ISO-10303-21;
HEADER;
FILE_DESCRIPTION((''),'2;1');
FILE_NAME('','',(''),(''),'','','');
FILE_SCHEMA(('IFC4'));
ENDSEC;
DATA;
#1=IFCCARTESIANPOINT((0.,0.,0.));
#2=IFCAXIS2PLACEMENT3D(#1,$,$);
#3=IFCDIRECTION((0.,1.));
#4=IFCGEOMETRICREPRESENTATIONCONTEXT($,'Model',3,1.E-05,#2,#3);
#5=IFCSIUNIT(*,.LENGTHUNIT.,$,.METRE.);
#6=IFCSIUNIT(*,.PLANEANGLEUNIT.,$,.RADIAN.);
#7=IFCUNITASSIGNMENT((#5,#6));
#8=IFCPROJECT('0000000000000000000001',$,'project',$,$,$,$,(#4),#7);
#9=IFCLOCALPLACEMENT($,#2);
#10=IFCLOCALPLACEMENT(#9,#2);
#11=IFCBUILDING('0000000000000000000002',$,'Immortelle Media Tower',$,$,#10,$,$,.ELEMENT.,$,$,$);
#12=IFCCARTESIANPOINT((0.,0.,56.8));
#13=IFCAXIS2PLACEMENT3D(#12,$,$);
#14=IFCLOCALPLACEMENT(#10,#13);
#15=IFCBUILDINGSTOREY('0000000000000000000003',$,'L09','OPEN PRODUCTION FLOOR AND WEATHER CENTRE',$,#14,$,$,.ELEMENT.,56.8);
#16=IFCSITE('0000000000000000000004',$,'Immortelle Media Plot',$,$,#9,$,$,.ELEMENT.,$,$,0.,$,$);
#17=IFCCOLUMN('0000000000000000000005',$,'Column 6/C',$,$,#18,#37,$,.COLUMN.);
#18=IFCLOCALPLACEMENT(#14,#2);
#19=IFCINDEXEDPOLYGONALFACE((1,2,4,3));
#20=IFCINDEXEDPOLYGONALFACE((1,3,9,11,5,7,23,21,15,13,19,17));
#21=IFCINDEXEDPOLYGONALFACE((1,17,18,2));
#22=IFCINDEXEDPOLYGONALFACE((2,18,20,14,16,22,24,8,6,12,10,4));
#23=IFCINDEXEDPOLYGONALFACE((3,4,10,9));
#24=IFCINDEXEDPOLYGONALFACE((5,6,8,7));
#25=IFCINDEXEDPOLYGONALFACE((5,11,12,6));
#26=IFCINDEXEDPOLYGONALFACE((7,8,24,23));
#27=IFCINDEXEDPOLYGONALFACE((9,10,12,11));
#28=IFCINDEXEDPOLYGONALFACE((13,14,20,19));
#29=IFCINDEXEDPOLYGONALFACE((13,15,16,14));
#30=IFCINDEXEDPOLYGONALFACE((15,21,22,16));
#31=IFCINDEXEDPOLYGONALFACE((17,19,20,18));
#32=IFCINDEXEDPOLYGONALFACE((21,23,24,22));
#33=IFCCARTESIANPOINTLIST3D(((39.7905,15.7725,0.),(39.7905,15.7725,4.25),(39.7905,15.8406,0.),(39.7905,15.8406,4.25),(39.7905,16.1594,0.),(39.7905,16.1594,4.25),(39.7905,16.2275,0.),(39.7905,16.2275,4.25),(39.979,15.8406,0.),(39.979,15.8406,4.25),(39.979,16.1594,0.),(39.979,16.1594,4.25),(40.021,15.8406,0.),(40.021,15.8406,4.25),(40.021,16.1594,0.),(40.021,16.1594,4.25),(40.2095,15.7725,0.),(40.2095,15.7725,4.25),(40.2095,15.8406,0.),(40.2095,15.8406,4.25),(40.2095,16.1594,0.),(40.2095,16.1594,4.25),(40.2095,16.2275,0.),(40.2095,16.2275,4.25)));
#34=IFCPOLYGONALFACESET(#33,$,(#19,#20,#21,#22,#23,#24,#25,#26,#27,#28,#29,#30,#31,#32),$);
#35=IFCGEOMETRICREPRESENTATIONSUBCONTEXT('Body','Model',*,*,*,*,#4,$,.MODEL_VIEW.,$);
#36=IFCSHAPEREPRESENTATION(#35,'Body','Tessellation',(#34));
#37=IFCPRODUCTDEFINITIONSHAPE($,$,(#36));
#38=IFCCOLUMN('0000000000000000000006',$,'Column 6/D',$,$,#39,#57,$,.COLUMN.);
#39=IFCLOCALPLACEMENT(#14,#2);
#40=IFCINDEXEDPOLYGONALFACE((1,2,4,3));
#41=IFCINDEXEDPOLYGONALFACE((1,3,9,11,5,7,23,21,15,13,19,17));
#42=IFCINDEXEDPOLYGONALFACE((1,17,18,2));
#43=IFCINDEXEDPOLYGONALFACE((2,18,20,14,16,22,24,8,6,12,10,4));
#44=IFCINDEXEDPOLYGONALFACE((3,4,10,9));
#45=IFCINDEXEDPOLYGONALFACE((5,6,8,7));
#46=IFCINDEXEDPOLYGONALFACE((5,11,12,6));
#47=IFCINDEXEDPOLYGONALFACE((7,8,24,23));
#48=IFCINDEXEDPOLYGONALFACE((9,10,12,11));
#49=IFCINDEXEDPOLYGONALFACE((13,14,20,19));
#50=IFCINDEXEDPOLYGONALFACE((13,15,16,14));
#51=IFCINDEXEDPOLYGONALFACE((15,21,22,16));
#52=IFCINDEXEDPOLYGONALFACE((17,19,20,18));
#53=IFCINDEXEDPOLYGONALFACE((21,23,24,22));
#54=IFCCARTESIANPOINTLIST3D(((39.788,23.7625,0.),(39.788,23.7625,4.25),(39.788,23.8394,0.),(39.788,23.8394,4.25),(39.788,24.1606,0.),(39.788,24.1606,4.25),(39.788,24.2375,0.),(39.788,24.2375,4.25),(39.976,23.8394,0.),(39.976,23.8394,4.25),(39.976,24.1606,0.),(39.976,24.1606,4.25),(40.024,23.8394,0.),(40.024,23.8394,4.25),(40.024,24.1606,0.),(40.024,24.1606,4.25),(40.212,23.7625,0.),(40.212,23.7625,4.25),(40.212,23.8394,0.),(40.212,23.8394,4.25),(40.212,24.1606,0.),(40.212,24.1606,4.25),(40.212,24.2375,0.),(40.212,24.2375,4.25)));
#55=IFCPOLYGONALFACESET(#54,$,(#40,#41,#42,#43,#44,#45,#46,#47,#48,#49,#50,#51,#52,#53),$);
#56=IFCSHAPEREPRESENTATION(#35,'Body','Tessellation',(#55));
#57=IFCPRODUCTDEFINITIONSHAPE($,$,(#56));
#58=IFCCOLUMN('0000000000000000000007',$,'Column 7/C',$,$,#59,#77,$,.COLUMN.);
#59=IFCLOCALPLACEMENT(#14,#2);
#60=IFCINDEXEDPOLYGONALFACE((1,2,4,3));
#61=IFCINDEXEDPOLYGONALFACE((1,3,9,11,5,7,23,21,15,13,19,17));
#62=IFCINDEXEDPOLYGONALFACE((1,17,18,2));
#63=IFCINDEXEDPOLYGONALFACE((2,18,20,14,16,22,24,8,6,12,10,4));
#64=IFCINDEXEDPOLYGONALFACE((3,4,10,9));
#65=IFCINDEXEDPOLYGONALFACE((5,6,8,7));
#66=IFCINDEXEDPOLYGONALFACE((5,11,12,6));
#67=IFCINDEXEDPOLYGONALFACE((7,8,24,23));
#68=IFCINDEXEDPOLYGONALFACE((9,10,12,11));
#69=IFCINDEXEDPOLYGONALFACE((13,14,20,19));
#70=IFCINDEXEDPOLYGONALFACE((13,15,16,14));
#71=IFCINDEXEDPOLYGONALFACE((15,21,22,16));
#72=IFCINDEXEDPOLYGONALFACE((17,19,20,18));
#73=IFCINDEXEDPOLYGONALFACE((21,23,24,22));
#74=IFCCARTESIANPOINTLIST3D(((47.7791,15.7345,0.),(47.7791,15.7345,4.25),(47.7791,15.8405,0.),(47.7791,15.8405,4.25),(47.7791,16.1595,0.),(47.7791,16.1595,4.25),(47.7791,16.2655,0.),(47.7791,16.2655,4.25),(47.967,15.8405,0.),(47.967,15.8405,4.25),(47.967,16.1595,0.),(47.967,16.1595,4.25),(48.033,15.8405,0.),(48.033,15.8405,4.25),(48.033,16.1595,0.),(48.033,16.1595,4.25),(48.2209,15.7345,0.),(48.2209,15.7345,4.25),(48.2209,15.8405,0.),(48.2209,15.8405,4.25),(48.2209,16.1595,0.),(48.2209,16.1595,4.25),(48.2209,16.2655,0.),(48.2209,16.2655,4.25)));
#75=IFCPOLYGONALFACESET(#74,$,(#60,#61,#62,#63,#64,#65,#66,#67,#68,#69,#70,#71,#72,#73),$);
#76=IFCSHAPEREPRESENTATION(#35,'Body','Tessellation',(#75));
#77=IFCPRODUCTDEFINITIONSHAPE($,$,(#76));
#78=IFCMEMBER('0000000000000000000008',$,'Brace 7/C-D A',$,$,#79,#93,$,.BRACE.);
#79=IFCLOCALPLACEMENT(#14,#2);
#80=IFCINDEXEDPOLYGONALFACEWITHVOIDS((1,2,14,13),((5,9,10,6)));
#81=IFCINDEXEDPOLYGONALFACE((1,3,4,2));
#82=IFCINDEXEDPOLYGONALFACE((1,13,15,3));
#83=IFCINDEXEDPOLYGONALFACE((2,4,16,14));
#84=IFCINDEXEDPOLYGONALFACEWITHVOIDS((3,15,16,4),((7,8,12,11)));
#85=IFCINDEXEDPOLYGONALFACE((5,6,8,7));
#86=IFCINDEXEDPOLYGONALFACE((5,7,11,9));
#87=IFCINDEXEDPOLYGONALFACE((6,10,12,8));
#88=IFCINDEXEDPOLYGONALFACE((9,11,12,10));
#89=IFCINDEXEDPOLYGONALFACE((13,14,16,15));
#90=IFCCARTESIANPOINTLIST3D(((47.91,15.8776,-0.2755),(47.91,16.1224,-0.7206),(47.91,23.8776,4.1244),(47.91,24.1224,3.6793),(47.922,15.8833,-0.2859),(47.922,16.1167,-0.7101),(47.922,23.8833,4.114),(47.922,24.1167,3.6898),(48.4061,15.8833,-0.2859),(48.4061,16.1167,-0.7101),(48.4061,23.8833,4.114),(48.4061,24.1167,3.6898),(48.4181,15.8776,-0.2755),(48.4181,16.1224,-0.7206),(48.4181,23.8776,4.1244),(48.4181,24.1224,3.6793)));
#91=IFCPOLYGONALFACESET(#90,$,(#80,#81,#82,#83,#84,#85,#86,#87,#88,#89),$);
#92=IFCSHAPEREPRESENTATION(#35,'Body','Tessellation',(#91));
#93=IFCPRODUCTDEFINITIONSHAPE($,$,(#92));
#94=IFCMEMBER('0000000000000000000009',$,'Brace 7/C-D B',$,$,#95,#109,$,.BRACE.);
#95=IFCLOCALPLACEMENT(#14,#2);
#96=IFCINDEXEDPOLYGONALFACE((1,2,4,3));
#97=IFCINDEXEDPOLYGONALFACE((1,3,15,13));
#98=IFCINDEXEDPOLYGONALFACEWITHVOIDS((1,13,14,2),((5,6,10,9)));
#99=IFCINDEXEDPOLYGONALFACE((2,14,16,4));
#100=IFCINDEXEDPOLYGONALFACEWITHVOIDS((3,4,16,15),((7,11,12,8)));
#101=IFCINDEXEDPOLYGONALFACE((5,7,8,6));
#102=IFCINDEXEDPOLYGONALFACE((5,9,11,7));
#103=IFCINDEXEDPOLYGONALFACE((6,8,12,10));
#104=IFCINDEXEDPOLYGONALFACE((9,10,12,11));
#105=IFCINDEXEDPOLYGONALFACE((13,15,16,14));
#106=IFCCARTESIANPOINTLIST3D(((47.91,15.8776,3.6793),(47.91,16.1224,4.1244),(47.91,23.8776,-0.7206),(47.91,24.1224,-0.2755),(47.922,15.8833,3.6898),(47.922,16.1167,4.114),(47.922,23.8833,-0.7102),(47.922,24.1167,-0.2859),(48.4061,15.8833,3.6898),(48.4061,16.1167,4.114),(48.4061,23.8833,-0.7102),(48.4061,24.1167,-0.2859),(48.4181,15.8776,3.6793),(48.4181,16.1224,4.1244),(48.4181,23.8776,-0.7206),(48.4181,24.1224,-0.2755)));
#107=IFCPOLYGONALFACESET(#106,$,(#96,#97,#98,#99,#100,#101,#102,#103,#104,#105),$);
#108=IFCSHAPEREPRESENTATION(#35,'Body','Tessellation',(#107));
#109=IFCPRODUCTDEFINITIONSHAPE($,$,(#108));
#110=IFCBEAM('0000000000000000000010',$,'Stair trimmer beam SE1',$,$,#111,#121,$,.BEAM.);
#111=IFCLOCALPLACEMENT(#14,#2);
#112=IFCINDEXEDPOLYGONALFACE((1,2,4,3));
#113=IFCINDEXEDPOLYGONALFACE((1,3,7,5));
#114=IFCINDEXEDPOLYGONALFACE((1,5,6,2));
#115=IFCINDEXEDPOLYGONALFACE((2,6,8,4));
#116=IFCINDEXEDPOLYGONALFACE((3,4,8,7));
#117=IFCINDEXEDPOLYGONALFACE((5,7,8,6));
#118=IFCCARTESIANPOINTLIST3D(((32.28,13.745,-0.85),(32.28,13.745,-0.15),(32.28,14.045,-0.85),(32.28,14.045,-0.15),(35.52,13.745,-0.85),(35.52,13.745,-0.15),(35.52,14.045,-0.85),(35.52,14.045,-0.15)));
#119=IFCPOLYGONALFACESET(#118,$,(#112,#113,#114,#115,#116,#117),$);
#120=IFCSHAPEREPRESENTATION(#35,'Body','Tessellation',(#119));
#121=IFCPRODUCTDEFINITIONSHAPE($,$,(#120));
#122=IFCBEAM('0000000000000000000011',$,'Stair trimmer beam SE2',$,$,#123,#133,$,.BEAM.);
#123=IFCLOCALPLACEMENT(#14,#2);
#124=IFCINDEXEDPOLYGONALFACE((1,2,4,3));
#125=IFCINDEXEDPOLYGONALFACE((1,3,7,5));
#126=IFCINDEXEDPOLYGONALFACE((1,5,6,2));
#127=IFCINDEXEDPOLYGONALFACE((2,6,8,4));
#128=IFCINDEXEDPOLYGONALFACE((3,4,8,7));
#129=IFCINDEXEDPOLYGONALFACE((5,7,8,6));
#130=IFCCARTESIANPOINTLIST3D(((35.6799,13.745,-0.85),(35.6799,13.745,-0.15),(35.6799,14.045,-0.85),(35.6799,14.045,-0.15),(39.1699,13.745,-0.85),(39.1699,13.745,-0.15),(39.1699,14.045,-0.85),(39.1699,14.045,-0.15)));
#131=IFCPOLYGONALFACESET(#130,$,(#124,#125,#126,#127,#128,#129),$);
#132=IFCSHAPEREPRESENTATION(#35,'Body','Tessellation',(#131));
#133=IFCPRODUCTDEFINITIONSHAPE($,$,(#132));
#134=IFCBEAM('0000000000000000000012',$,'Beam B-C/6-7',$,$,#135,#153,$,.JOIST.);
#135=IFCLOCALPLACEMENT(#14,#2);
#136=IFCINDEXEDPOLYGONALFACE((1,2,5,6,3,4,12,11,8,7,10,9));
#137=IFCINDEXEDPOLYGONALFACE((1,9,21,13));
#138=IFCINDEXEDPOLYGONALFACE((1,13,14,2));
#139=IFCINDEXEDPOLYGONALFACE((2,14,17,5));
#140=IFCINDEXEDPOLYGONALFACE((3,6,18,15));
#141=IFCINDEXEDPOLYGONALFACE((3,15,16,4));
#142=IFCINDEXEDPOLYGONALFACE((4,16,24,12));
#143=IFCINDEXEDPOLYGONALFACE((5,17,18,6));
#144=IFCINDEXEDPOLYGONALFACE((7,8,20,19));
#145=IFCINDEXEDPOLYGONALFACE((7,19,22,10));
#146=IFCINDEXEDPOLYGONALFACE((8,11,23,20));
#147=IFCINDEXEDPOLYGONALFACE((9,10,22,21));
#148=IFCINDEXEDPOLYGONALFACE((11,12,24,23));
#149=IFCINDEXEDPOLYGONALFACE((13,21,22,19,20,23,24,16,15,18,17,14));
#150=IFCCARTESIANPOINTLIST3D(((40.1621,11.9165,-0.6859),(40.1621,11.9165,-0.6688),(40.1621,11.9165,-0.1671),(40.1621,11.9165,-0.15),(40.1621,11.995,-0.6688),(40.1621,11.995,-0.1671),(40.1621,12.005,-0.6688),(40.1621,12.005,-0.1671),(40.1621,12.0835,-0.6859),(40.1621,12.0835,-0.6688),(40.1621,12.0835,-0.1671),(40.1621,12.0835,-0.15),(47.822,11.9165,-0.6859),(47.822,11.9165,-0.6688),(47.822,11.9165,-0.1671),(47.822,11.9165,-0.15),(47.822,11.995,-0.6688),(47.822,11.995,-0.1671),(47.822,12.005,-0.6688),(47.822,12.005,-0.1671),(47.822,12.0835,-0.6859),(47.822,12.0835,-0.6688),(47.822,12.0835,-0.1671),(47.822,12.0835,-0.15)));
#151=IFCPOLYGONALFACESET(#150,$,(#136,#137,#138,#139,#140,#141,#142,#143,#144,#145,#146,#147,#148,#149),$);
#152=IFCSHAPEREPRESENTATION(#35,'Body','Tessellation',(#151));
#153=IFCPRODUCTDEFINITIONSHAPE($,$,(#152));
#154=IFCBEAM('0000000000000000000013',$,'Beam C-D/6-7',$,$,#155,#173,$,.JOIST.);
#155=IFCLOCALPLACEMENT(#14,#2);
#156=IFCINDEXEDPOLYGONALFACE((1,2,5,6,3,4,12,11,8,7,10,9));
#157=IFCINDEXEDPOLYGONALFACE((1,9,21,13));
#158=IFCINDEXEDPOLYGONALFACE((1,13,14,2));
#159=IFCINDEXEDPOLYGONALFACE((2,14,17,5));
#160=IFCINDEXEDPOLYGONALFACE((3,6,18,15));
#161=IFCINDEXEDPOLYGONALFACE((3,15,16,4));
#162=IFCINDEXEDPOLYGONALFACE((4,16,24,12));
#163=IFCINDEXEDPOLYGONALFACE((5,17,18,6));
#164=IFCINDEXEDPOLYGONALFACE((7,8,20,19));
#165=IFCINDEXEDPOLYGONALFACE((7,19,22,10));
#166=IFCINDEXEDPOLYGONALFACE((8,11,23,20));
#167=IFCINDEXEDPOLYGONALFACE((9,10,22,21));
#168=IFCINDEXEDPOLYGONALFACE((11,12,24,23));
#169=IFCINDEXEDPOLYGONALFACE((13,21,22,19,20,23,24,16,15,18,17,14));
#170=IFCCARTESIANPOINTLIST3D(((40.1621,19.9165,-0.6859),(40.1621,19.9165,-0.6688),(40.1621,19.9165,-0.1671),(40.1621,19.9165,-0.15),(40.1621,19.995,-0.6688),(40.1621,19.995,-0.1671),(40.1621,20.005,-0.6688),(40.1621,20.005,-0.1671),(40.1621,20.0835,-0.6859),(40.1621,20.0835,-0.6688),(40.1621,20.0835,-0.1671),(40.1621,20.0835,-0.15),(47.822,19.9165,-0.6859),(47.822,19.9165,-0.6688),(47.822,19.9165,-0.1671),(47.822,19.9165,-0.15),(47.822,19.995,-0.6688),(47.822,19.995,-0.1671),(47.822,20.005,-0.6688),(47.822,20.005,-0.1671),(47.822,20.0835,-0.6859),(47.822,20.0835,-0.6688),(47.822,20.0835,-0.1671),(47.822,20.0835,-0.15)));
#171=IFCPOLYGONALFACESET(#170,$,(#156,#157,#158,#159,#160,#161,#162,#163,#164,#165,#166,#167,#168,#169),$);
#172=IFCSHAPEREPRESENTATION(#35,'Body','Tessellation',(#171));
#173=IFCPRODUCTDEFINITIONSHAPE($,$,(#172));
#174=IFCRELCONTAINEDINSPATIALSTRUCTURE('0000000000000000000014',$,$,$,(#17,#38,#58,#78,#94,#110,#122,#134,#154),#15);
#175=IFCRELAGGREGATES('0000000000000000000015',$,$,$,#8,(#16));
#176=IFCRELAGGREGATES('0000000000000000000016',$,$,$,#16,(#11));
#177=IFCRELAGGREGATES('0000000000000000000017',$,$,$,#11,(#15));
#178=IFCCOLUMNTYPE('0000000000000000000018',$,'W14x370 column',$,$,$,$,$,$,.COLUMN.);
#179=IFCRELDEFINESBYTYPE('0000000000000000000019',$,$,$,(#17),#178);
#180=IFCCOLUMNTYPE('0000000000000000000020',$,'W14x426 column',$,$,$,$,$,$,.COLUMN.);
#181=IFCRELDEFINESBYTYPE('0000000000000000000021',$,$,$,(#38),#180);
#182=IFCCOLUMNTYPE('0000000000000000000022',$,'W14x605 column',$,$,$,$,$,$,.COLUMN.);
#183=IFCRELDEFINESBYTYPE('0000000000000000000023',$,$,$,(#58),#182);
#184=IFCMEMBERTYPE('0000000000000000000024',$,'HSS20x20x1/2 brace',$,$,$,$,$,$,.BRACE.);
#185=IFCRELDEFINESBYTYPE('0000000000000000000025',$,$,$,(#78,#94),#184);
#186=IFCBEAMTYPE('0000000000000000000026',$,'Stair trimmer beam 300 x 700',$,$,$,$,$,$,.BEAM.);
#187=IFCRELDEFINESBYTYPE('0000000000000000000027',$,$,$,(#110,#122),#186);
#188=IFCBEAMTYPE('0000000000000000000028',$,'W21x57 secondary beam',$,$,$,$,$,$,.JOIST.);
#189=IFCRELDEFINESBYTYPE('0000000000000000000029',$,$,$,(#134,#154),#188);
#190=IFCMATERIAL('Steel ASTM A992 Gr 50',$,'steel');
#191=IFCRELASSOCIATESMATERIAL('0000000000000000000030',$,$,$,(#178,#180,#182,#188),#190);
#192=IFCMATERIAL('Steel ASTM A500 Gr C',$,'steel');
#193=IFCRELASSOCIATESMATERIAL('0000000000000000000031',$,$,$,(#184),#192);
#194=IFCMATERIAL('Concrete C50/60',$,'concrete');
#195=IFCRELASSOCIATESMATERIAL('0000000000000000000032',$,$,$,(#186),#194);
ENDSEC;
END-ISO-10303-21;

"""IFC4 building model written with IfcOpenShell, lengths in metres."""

from ifc_helpers import new_model, si_unit, direction, frame, origin, origin_2d, place, context, subcontext, project, spatial, rectangle, hollow_rectangle, i_section, extrude, material, material_profile, profile_set, type_object, element, save


model = new_model("IFC4")

# Units and contexts
model_context = context("Model", 3, precision=1e-05, world=origin(), true_north=direction((0.0, 1.0)))
body_context = subcontext(model_context, "Body", "Model", "MODEL_VIEW")
ifc_project = project(units=[si_unit("LENGTHUNIT", "METRE"), si_unit("PLANEANGLEUNIT", "RADIAN")], contexts=[model_context])

# Site, building, storey
site_placement = place(None, origin())
site = spatial("IfcSite", under=ifc_project, at=site_placement, Name="Immortelle Media Plot", CompositionType="ELEMENT", RefElevation=0.0)
building_placement = place(site_placement, origin())
building = spatial("IfcBuilding", under=site, at=building_placement, Name="Immortelle Media Tower", CompositionType="ELEMENT")
storey_placement = place(building_placement, frame((0.0, 0.0, 56.8)))
storey = spatial("IfcBuildingStorey", under=building, at=storey_placement, Name="L09", Description="OPEN PRODUCTION FLOOR AND WEATHER CENTRE", CompositionType="ELEMENT", Elevation=56.8)

# Columns
ifc_material_1 = material(Name="Steel ASTM A992 Gr 50", Category="steel")
ifc_material_profile_1 = material_profile(ifc_material_1, i_section(OverallWidth=0.4189, OverallDepth=0.4551, WebThickness=0.042, FlangeThickness=0.0681, at=origin_2d()), Name="W14x370")
ifc_profile_set_1 = profile_set([ifc_material_profile_1], Name="Steel ASTM A992 Gr 50")
column_type_1 = type_object("IfcColumnType", Name="W14x370 column", PredefinedType="COLUMN", material=ifc_profile_set_1)
column_1_placement = place(storey_placement, frame((40.0, 16.0, 0.0), z_axis=(0.0, 0.0, 1.0), x_axis=(1.0, 0.0, 0.0)))
element("IfcColumn", 1, at=column_1_placement, inside=storey, type_object=column_type_1, Name="Column 6/C", PredefinedType="COLUMN", context=body_context, shape_type="SweptSolid", body=[
    extrude(i_section(OverallWidth=0.4189, OverallDepth=0.4551, WebThickness=0.042, FlangeThickness=0.0681, at=origin_2d()), origin(), (0.0, 0.0, 1.0), 4.25),
])
ifc_material_profile_2 = material_profile(ifc_material_1, i_section(OverallWidth=0.4241, OverallDepth=0.4751, WebThickness=0.0481, FlangeThickness=0.0769, at=origin_2d()), Name="W14x426")
ifc_profile_set_2 = profile_set([ifc_material_profile_2], Name="Steel ASTM A992 Gr 50")
column_type_2 = type_object("IfcColumnType", Name="W14x426 column", PredefinedType="COLUMN", material=ifc_profile_set_2)
column_2_placement = place(storey_placement, frame((40.0, 24.0, 0.0), z_axis=(0.0, 0.0, 1.0), x_axis=(1.0, 0.0, 0.0)))
element("IfcColumn", 2, at=column_2_placement, inside=storey, type_object=column_type_2, Name="Column 6/D", PredefinedType="COLUMN", context=body_context, shape_type="SweptSolid", body=[
    extrude(i_section(OverallWidth=0.4241, OverallDepth=0.4751, WebThickness=0.0481, FlangeThickness=0.0769, at=origin_2d()), origin(), (0.0, 0.0, 1.0), 4.25),
])
ifc_material_profile_3 = material_profile(ifc_material_1, i_section(OverallWidth=0.4419, OverallDepth=0.531, WebThickness=0.0659, FlangeThickness=0.106, at=origin_2d()), Name="W14x605")
ifc_profile_set_3 = profile_set([ifc_material_profile_3], Name="Steel ASTM A992 Gr 50")
column_type_3 = type_object("IfcColumnType", Name="W14x605 column", PredefinedType="COLUMN", material=ifc_profile_set_3)
column_3_placement = place(storey_placement, frame((48.0, 16.0, 0.0), z_axis=(0.0, 0.0, 1.0), x_axis=(1.0, 0.0, 0.0)))
element("IfcColumn", 3, at=column_3_placement, inside=storey, type_object=column_type_3, Name="Column 7/C", PredefinedType="COLUMN", context=body_context, shape_type="SweptSolid", body=[
    extrude(i_section(OverallWidth=0.4419, OverallDepth=0.531, WebThickness=0.0659, FlangeThickness=0.106, at=origin_2d()), origin(), (0.0, 0.0, 1.0), 4.25),
])

# Members
ifc_material_2 = material(Name="Steel ASTM A500 Gr C", Category="steel")
ifc_material_profile_4 = material_profile(ifc_material_2, hollow_rectangle(XDim=0.5081, YDim=0.5081, WallThickness=0.012, at=origin_2d()), Name="HSS20x20x1/2 brace")
ifc_profile_set_4 = profile_set([ifc_material_profile_4], Name="Steel ASTM A500 Gr C")
member_type = type_object("IfcMemberType", Name="HSS20x20x1/2 brace", PredefinedType="BRACE", material=ifc_profile_set_4)
for number, where, z_axis, x_axis, name in (
    (4, (48.1641, 16.0, -0.498), (0.0, 0.87622, 0.481911), (-1.0, 0.0, 0.0), "Brace 7/C-D A"),
    (5, (48.1641, 16.0, 3.9019), (0.0, 0.87622, -0.481911), (-1.0, 0.0, 0.0), "Brace 7/C-D B"),
):
    element("IfcMember", number, at=place(storey_placement, frame(where, z_axis=z_axis, x_axis=x_axis)), inside=storey, type_object=member_type, Name=name, PredefinedType="BRACE", context=body_context, shape_type="SweptSolid", body=[
        extrude(hollow_rectangle(XDim=0.5081, YDim=0.5081, WallThickness=0.012, at=origin_2d()), origin(), (0.0, 0.0, 1.0), 9.1301),
    ])

# Beams
ifc_material_3 = material(Name="Concrete C50/60", Category="concrete")
ifc_material_profile_5 = material_profile(ifc_material_3, rectangle(XDim=0.3, YDim=0.7, at=origin_2d()), Name="RC 300x700")
ifc_profile_set_5 = profile_set([ifc_material_profile_5], Name="Concrete C50/60")
beam_type_1 = type_object("IfcBeamType", Name="Stair trimmer beam 300 x 700", PredefinedType="BEAM", material=ifc_profile_set_5)
beam_1_placement = place(storey_placement, frame((32.28, 13.895, -0.5), z_axis=(1.0, 0.0, 0.0), x_axis=(0.0, 1.0, 0.0)))
element("IfcBeam", 6, at=beam_1_placement, inside=storey, type_object=beam_type_1, Name="Stair trimmer beam SE1", PredefinedType="BEAM", context=body_context, shape_type="SweptSolid", body=[
    extrude(rectangle(XDim=0.3, YDim=0.7, at=origin_2d()), origin(), (0.0, 0.0, 1.0), 3.24),
])
beam_2_placement = place(storey_placement, frame((35.6799, 13.895, -0.5), z_axis=(1.0, 0.0, 0.0), x_axis=(0.0, 1.0, 0.0)))
element("IfcBeam", 7, at=beam_2_placement, inside=storey, type_object=beam_type_1, Name="Stair trimmer beam SE2", PredefinedType="BEAM", context=body_context, shape_type="SweptSolid", body=[
    extrude(rectangle(XDim=0.3, YDim=0.7, at=origin_2d()), origin(), (0.0, 0.0, 1.0), 3.49),
])
ifc_material_profile_6 = material_profile(ifc_material_1, i_section(OverallWidth=0.167, OverallDepth=0.5359, WebThickness=0.01, FlangeThickness=0.0171, at=origin_2d()), Name="W21x57")
ifc_profile_set_6 = profile_set([ifc_material_profile_6], Name="Steel ASTM A992 Gr 50")
beam_type_2 = type_object("IfcBeamType", Name="W21x57 secondary beam", PredefinedType="JOIST", material=ifc_profile_set_6)
for number, where, z_axis, x_axis, name in (
    (8, (40.1621, 12.0, -0.418), (1.0, 0.0, 0.0), (0.0, 1.0, 0.0), "Beam B-C/6-7"),
    (9, (40.1621, 20.0, -0.418), (1.0, 0.0, 0.0), (0.0, 1.0, 0.0), "Beam C-D/6-7"),
):
    element("IfcBeam", number, at=place(storey_placement, frame(where, z_axis=z_axis, x_axis=x_axis)), inside=storey, type_object=beam_type_2, Name=name, PredefinedType="JOIST", context=body_context, shape_type="SweptSolid", body=[
        extrude(i_section(OverallWidth=0.167, OverallDepth=0.5359, WebThickness=0.01, FlangeThickness=0.0171, at=origin_2d()), origin(), (0.0, 0.0, 1.0), 7.6599),
    ])

save(model, "model.ifc")
